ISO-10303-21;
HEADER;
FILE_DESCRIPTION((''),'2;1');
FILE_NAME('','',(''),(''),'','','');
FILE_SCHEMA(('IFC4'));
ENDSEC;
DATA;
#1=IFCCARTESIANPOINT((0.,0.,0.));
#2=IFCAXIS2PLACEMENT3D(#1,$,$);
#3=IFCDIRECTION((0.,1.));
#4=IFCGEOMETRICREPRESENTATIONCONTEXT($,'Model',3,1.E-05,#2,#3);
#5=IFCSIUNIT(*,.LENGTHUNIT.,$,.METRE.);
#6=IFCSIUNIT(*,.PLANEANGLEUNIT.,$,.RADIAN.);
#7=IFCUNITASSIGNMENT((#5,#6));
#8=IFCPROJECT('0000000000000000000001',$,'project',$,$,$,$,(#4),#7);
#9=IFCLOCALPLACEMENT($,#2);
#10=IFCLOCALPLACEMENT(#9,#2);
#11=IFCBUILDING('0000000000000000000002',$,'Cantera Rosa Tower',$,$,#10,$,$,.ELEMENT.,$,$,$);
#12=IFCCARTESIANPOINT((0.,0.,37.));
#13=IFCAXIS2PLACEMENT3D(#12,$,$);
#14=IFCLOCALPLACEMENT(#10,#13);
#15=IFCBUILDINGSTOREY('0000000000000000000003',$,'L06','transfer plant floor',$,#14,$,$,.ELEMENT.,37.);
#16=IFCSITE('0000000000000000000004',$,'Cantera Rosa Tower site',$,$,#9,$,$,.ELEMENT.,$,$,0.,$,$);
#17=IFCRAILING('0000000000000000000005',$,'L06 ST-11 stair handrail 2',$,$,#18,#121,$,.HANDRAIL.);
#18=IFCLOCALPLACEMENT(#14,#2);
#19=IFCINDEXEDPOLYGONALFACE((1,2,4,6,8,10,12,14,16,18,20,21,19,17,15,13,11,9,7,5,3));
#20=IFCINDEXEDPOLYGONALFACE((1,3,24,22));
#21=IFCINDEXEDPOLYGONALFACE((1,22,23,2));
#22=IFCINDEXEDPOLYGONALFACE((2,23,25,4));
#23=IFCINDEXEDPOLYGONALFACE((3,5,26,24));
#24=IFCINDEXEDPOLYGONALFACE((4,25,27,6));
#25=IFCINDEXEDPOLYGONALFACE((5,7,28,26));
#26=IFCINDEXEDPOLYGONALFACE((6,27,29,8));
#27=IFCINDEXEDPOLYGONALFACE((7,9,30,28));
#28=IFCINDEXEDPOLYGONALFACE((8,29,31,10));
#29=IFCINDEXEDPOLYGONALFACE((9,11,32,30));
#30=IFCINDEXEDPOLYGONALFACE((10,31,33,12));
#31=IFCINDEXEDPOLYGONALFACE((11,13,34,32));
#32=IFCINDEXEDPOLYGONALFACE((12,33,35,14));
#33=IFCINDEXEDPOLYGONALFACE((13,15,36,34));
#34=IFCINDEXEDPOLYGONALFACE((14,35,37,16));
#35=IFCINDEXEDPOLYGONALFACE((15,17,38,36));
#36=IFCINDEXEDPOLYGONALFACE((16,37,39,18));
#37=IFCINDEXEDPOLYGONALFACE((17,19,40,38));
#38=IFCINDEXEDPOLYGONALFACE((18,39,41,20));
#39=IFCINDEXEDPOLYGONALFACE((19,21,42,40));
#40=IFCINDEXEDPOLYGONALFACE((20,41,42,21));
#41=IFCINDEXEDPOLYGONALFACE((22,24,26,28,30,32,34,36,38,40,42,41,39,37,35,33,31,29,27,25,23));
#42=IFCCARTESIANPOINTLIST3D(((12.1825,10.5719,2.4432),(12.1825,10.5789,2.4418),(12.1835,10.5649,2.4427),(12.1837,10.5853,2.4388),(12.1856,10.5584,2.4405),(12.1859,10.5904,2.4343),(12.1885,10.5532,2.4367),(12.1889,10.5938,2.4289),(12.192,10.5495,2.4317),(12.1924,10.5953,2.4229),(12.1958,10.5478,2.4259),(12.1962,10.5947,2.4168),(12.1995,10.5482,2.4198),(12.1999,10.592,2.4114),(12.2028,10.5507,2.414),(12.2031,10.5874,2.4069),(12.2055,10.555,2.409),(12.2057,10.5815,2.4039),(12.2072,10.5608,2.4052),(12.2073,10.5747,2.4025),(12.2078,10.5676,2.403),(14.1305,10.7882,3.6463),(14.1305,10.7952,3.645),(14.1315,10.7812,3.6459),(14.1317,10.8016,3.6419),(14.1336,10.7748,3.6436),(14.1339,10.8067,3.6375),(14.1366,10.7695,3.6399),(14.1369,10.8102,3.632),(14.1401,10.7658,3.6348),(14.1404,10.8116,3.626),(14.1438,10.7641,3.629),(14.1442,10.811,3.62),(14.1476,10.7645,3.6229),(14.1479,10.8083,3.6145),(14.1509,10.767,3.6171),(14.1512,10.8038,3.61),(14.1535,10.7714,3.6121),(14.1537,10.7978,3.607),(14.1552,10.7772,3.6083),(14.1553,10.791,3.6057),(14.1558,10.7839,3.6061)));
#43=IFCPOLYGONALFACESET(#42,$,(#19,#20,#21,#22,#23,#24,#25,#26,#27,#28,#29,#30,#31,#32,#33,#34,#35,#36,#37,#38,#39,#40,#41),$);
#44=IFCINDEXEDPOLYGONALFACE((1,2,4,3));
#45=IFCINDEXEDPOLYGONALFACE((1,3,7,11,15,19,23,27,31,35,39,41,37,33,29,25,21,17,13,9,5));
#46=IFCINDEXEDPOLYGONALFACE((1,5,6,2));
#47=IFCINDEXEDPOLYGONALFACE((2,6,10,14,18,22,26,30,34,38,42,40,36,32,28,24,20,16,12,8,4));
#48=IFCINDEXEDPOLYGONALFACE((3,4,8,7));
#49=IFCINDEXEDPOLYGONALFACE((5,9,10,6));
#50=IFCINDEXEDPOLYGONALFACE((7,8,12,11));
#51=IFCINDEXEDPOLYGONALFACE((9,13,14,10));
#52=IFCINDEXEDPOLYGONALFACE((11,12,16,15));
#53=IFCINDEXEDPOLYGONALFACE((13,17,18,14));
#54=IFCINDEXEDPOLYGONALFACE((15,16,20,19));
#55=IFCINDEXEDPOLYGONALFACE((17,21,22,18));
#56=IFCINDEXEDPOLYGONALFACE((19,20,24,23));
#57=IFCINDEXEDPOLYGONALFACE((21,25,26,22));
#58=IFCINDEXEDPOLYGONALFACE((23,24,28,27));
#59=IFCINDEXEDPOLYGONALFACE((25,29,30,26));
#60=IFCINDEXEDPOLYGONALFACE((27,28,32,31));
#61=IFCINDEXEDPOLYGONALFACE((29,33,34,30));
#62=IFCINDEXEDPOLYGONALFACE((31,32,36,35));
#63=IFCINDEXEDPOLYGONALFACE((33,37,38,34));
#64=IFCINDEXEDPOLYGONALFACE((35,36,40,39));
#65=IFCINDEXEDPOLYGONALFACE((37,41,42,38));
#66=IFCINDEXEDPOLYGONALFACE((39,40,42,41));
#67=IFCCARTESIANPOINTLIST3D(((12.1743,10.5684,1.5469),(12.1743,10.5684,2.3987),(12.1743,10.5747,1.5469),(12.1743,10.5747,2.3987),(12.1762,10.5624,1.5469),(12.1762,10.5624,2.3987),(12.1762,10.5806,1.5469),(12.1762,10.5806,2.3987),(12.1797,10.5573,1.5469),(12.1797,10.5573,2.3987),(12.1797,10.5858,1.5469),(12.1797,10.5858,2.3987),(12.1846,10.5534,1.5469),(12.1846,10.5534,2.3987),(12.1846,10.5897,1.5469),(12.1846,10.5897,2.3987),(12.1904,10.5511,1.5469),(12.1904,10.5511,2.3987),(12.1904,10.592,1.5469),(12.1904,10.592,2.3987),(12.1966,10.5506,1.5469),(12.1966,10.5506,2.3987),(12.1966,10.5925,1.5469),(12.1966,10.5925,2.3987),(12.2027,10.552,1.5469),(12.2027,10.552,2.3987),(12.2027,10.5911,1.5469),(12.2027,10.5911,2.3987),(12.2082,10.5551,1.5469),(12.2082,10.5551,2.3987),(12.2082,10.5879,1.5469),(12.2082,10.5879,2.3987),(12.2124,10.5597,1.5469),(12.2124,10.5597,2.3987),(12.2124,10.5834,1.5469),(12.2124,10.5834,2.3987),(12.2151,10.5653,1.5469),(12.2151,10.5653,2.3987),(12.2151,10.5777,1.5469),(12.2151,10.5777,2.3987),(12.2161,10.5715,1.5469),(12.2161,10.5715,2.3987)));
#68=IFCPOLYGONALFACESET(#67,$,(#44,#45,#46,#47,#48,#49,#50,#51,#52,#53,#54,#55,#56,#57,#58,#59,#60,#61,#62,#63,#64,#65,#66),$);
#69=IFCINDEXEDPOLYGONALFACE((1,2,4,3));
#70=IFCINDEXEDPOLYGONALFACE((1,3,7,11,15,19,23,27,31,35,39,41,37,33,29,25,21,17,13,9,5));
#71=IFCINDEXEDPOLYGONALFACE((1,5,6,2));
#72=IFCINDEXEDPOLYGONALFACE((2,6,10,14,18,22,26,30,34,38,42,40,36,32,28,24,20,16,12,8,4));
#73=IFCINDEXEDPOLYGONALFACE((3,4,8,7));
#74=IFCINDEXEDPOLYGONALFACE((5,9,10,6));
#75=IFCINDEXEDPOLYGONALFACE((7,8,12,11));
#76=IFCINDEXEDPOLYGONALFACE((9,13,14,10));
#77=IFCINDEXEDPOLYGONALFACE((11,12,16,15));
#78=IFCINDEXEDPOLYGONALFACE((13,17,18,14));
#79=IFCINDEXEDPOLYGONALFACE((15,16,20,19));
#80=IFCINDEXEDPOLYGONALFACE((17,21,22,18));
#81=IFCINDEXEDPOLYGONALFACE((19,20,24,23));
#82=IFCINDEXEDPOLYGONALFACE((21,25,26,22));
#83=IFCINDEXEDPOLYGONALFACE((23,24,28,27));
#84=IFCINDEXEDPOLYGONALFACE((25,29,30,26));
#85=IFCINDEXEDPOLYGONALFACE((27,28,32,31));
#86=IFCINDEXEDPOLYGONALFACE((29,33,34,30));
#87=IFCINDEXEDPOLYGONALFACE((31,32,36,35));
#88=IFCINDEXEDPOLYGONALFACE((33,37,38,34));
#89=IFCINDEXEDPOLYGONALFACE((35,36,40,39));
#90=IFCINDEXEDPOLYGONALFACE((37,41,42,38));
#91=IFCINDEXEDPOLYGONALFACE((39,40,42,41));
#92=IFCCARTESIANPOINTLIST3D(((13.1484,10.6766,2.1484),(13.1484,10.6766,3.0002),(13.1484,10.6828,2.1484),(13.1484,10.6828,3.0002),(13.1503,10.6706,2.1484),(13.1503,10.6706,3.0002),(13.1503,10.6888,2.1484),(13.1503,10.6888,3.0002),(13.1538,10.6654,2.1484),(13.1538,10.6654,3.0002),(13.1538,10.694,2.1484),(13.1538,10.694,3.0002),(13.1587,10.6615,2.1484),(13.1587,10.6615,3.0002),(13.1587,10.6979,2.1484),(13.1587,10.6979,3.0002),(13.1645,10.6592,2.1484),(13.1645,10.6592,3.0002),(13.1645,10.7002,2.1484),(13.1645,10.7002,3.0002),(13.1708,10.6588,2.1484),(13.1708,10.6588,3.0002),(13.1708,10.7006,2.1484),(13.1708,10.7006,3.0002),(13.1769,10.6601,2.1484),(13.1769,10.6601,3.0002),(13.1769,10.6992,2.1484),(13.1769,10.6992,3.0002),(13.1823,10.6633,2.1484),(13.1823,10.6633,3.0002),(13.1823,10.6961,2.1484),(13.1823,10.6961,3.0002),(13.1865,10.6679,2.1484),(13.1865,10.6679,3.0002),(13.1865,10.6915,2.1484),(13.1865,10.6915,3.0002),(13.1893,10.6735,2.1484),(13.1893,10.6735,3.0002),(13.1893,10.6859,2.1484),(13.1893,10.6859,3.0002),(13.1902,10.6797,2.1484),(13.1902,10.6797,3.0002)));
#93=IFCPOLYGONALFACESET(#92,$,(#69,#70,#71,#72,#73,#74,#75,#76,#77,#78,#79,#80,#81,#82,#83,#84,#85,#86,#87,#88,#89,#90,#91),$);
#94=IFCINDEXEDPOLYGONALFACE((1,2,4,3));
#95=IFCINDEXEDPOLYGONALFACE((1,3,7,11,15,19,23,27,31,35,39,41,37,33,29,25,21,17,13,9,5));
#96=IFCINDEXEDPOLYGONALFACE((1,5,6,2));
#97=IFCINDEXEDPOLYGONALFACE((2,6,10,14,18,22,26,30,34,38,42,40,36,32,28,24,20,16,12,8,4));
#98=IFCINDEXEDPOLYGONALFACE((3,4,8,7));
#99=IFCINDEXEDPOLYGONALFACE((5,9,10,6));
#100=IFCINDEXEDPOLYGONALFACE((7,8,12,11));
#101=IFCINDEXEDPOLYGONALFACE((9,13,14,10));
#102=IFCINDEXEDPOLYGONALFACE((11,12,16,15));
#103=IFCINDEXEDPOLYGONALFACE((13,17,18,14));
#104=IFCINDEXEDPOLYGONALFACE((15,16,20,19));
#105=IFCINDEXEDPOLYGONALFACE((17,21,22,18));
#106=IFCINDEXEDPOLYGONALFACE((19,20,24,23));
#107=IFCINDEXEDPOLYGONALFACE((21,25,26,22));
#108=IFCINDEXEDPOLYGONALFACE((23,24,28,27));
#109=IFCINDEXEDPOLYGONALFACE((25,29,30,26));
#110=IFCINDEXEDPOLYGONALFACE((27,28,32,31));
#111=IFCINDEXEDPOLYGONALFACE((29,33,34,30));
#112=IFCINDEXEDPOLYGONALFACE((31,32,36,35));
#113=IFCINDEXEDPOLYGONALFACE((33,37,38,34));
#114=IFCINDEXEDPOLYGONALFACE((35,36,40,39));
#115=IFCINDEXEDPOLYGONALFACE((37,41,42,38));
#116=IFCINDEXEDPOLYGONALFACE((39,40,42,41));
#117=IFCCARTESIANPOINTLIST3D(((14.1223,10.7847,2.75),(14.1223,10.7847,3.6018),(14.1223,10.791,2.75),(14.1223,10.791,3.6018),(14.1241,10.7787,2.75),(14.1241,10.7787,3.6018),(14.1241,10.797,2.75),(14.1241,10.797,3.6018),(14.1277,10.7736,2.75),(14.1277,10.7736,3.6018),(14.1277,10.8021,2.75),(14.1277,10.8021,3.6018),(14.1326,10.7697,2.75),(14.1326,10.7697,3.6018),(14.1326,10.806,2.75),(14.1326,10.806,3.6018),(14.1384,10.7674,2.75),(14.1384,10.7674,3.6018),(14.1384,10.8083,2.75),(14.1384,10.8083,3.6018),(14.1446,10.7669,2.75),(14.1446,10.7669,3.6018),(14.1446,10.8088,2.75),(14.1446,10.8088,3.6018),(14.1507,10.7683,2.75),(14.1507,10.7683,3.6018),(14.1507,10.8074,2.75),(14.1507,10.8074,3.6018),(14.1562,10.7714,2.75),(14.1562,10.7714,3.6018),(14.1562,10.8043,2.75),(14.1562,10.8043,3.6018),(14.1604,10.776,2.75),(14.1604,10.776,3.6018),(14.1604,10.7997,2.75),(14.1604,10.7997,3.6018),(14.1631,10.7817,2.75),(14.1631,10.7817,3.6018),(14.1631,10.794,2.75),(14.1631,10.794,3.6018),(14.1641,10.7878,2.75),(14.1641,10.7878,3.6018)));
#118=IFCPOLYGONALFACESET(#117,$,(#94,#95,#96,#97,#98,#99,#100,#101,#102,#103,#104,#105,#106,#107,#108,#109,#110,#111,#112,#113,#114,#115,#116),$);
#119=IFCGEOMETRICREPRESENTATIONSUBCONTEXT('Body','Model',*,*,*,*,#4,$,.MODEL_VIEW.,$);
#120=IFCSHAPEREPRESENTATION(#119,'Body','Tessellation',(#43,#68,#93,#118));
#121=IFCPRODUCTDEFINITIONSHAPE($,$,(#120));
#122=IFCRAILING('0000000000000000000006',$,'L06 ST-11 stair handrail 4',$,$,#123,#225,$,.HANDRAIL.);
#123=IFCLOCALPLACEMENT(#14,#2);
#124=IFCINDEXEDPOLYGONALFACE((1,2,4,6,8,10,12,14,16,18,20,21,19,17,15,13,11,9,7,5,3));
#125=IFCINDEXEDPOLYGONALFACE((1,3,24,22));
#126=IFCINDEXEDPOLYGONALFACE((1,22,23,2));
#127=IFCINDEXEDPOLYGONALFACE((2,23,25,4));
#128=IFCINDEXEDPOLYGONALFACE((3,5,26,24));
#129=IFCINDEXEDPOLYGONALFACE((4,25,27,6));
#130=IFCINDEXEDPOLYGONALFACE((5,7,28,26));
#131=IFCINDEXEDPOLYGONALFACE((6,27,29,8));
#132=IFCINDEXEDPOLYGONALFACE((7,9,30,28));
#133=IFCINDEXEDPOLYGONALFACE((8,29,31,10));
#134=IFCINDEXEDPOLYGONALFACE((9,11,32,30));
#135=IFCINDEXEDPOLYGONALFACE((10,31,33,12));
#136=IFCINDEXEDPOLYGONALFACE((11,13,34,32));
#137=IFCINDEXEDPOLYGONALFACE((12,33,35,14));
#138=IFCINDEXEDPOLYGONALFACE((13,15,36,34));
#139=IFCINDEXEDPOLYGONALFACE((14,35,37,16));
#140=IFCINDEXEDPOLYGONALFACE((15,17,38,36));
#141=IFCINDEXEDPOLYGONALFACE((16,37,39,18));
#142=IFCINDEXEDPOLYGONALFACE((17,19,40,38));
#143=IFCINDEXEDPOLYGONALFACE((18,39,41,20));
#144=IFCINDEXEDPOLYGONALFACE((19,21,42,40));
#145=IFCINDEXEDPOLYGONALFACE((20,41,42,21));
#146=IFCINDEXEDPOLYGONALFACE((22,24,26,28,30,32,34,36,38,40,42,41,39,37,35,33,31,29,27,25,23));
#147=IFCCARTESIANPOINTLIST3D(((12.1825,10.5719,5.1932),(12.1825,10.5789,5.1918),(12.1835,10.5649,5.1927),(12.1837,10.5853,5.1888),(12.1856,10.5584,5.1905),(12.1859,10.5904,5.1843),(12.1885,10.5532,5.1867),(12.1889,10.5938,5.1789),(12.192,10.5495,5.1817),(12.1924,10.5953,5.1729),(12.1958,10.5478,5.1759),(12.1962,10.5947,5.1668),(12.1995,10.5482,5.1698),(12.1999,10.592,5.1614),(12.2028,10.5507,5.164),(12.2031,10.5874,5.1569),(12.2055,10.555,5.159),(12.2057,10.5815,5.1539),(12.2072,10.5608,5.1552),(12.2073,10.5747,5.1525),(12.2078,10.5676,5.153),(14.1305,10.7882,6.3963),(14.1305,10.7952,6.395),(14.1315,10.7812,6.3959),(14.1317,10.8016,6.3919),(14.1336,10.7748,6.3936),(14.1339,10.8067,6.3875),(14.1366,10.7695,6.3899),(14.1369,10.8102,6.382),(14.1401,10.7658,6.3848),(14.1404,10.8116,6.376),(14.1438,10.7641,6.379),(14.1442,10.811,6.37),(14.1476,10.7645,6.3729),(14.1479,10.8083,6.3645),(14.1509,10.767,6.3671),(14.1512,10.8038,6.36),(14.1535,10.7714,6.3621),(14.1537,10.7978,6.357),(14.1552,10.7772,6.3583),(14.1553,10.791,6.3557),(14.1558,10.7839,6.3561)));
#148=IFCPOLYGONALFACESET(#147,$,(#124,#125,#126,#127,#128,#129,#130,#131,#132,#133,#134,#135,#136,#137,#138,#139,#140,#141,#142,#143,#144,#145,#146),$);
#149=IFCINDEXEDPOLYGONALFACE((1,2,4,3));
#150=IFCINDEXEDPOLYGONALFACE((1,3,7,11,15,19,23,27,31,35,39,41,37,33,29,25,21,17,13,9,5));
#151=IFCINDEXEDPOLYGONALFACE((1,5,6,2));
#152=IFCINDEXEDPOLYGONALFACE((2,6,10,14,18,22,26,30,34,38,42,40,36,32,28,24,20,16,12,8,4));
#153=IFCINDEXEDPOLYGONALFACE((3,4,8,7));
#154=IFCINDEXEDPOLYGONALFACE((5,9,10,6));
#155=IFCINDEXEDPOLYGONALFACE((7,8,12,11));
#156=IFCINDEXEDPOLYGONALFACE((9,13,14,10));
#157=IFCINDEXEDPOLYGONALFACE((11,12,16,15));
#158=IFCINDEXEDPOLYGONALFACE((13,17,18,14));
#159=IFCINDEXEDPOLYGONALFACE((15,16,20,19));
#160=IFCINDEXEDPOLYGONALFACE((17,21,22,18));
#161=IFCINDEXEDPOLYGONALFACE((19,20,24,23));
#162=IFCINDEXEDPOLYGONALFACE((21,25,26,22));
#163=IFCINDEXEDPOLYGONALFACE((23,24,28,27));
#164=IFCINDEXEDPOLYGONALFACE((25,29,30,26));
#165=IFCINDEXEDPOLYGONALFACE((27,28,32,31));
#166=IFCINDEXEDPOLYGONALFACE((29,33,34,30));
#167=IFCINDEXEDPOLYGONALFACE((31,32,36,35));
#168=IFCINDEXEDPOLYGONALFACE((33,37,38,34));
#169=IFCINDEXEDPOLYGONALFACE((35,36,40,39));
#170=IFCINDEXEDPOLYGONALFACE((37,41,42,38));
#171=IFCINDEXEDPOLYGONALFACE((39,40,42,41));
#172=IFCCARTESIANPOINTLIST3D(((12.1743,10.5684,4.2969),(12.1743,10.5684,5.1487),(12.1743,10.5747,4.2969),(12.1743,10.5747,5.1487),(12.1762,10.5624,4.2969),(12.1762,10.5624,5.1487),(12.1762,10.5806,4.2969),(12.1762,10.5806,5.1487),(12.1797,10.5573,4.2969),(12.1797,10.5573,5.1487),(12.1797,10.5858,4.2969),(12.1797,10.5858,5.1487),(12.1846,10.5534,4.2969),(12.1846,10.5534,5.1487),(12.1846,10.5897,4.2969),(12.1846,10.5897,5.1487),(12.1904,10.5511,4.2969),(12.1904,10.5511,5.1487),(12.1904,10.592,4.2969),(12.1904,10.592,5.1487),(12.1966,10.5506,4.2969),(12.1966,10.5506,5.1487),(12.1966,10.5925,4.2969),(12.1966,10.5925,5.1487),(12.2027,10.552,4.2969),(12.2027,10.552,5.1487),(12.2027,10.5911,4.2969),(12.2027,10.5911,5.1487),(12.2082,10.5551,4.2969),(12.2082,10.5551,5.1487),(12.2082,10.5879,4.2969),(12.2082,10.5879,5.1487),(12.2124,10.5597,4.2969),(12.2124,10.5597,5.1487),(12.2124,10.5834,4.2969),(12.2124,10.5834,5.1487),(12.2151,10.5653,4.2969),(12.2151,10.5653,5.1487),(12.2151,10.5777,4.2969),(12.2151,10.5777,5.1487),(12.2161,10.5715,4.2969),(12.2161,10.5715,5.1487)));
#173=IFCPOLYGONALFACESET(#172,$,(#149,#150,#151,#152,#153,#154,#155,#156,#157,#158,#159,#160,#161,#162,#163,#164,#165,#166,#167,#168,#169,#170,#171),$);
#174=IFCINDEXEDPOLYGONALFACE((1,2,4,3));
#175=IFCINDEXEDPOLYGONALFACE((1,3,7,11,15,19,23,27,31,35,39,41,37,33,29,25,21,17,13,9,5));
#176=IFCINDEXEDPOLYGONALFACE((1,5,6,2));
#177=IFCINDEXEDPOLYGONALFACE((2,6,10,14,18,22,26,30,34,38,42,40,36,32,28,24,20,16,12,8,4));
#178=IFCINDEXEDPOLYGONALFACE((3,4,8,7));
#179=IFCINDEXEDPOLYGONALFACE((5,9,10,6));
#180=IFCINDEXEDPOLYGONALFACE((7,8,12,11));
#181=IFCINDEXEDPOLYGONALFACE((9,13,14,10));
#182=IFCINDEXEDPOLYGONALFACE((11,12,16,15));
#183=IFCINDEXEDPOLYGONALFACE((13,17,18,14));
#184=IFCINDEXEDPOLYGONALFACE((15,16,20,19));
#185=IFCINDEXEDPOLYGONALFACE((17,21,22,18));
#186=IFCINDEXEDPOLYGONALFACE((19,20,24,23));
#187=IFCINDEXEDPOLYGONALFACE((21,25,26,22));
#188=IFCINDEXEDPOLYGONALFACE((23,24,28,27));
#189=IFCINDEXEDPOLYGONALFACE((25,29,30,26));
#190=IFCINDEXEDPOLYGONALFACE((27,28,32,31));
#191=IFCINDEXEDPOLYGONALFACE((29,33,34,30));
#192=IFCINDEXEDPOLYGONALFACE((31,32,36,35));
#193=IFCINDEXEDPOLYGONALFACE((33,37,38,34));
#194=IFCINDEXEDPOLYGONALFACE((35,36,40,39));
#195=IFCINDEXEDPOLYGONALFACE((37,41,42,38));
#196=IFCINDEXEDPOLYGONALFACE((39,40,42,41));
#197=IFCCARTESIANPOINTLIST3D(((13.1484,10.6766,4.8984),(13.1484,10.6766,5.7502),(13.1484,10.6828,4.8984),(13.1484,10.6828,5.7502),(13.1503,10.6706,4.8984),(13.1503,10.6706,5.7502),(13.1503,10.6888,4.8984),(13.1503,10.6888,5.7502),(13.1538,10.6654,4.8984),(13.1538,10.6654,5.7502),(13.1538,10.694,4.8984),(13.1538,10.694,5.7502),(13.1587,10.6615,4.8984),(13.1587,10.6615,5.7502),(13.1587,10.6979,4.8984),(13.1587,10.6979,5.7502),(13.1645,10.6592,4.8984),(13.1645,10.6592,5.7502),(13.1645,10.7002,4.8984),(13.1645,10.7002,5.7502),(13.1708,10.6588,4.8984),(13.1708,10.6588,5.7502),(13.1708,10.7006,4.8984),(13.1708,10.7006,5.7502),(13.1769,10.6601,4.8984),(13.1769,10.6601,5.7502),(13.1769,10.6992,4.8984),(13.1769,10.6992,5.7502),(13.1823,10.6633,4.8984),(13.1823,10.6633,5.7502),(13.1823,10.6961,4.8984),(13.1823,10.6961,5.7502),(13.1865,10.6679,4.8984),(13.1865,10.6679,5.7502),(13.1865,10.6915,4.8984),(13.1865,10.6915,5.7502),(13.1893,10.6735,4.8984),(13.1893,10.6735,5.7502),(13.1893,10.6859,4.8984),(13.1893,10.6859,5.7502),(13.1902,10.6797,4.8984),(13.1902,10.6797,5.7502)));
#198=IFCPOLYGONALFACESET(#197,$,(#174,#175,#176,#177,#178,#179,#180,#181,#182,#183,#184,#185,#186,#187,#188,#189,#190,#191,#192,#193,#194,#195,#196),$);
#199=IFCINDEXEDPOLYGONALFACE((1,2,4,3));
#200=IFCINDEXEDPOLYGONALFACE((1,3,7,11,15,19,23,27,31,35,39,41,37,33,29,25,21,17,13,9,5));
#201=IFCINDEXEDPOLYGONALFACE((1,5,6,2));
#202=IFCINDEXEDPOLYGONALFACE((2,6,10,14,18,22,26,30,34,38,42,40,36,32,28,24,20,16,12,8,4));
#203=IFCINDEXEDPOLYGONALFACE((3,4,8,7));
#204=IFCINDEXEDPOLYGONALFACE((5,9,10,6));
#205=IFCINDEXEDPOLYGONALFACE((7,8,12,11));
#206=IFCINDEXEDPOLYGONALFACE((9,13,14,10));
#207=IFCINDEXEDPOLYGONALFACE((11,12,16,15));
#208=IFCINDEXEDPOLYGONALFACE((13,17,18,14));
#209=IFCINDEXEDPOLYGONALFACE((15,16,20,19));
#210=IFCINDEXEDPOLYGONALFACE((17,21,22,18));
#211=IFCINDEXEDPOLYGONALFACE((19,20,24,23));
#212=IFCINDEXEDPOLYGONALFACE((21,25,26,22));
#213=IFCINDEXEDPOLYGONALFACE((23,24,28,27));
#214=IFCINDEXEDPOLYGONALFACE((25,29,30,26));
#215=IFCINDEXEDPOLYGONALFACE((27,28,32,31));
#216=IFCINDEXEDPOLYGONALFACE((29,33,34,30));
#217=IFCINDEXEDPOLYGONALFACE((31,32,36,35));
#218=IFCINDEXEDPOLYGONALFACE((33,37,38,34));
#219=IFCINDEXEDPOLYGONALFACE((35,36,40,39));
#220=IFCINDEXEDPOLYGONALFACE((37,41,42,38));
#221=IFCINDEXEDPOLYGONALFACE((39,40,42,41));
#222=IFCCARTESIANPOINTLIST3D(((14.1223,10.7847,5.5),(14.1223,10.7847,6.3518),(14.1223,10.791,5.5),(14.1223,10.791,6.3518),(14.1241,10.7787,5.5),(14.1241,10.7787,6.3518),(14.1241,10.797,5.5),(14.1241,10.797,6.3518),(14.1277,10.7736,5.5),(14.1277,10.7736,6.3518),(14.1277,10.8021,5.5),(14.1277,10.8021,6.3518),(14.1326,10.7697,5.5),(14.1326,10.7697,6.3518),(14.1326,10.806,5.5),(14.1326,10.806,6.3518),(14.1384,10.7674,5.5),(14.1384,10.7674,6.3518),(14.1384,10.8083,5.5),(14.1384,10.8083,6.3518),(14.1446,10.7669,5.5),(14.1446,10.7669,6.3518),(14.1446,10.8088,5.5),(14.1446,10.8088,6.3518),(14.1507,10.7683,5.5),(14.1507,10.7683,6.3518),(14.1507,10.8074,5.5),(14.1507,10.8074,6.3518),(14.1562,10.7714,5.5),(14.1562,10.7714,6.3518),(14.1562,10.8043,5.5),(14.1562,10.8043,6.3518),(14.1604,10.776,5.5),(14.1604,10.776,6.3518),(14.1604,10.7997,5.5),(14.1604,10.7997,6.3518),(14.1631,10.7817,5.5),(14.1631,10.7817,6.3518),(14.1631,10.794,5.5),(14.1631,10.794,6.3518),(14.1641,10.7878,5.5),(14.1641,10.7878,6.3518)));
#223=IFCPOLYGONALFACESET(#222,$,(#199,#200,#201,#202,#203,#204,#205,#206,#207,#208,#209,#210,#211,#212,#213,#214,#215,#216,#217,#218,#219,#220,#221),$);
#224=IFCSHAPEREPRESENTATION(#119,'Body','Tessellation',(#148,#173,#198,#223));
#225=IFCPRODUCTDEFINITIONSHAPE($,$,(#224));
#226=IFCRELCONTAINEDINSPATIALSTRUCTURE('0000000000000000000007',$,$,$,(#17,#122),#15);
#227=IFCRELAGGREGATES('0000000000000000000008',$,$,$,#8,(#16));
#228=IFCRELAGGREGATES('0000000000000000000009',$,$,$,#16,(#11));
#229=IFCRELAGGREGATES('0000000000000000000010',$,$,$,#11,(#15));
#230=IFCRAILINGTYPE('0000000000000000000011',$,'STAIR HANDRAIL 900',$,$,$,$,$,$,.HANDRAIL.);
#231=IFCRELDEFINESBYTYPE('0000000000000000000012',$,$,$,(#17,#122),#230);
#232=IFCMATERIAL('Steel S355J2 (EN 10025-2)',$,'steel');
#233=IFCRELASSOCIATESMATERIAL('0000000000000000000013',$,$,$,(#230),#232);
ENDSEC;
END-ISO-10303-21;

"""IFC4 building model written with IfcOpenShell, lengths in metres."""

from ifc_helpers import new_model, si_unit, direction, frame, origin, origin_2d, place, context, subcontext, project, spatial, circle, extrude, material, type_object, element, save


model = new_model("IFC4")

# Units and contexts
model_context = context("Model", 3, precision=1e-05, world=origin(), true_north=direction((0.0, 1.0)))
body_context = subcontext(model_context, "Body", "Model", "MODEL_VIEW")
ifc_project = project(units=[si_unit("LENGTHUNIT", "METRE"), si_unit("PLANEANGLEUNIT", "RADIAN")], contexts=[model_context])

# Site, building, storey
site_placement = place(None, origin())
site = spatial("IfcSite", under=ifc_project, at=site_placement, Name="Cantera Rosa Tower site", CompositionType="ELEMENT", RefElevation=0.0)
building_placement = place(site_placement, origin())
building = spatial("IfcBuilding", under=site, at=building_placement, Name="Cantera Rosa Tower", CompositionType="ELEMENT")
storey_placement = place(building_placement, frame((0.0, 0.0, 37.0)))
storey = spatial("IfcBuildingStorey", under=building, at=storey_placement, Name="L06", Description="transfer plant floor", CompositionType="ELEMENT", Elevation=37.0)

# Railings
ifc_material_1 = material(Name="Steel S355J2 (EN 10025-2)", Category="steel")
railing_type_1 = type_object("IfcRailingType", Name="STAIR HANDRAIL 900", PredefinedType="HANDRAIL", material=ifc_material_1)
for number, where, name in (
    (1, (12.1951, 10.5715, 1.5469), "L06 ST-11 stair handrail 2"),
    (2, (12.1951, 10.5715, 4.2969), "L06 ST-11 stair handrail 4"),
):
    element("IfcRailing", number, at=place(storey_placement, frame(where)), inside=storey, type_object=railing_type_1, Name=name, PredefinedType="HANDRAIL", context=body_context, shape_type="SweptSolid", body=[
        extrude(circle(Radius=0.0239, at=origin_2d()), frame((0.0, 0.0, 0.876), z_axis=(0.847036, 0.094056, 0.523147), x_axis=(-0.110363, 0.993891, 0.0)), (0.0, 0.0, 1.0), 2.2998),
        extrude(circle(Radius=0.021, at=origin_2d()), origin(), (0.0, 0.0, 1.0), 0.8518),
        extrude(circle(Radius=0.021, at=origin_2d()), frame((0.9741, 0.1082, 0.6016)), (0.0, 0.0, 1.0), 0.8518),
        extrude(circle(Radius=0.021, at=origin_2d()), frame((1.948, 0.2163, 1.2031)), (0.0, 0.0, 1.0), 0.8518),
    ])

save(model, "model.ifc")
